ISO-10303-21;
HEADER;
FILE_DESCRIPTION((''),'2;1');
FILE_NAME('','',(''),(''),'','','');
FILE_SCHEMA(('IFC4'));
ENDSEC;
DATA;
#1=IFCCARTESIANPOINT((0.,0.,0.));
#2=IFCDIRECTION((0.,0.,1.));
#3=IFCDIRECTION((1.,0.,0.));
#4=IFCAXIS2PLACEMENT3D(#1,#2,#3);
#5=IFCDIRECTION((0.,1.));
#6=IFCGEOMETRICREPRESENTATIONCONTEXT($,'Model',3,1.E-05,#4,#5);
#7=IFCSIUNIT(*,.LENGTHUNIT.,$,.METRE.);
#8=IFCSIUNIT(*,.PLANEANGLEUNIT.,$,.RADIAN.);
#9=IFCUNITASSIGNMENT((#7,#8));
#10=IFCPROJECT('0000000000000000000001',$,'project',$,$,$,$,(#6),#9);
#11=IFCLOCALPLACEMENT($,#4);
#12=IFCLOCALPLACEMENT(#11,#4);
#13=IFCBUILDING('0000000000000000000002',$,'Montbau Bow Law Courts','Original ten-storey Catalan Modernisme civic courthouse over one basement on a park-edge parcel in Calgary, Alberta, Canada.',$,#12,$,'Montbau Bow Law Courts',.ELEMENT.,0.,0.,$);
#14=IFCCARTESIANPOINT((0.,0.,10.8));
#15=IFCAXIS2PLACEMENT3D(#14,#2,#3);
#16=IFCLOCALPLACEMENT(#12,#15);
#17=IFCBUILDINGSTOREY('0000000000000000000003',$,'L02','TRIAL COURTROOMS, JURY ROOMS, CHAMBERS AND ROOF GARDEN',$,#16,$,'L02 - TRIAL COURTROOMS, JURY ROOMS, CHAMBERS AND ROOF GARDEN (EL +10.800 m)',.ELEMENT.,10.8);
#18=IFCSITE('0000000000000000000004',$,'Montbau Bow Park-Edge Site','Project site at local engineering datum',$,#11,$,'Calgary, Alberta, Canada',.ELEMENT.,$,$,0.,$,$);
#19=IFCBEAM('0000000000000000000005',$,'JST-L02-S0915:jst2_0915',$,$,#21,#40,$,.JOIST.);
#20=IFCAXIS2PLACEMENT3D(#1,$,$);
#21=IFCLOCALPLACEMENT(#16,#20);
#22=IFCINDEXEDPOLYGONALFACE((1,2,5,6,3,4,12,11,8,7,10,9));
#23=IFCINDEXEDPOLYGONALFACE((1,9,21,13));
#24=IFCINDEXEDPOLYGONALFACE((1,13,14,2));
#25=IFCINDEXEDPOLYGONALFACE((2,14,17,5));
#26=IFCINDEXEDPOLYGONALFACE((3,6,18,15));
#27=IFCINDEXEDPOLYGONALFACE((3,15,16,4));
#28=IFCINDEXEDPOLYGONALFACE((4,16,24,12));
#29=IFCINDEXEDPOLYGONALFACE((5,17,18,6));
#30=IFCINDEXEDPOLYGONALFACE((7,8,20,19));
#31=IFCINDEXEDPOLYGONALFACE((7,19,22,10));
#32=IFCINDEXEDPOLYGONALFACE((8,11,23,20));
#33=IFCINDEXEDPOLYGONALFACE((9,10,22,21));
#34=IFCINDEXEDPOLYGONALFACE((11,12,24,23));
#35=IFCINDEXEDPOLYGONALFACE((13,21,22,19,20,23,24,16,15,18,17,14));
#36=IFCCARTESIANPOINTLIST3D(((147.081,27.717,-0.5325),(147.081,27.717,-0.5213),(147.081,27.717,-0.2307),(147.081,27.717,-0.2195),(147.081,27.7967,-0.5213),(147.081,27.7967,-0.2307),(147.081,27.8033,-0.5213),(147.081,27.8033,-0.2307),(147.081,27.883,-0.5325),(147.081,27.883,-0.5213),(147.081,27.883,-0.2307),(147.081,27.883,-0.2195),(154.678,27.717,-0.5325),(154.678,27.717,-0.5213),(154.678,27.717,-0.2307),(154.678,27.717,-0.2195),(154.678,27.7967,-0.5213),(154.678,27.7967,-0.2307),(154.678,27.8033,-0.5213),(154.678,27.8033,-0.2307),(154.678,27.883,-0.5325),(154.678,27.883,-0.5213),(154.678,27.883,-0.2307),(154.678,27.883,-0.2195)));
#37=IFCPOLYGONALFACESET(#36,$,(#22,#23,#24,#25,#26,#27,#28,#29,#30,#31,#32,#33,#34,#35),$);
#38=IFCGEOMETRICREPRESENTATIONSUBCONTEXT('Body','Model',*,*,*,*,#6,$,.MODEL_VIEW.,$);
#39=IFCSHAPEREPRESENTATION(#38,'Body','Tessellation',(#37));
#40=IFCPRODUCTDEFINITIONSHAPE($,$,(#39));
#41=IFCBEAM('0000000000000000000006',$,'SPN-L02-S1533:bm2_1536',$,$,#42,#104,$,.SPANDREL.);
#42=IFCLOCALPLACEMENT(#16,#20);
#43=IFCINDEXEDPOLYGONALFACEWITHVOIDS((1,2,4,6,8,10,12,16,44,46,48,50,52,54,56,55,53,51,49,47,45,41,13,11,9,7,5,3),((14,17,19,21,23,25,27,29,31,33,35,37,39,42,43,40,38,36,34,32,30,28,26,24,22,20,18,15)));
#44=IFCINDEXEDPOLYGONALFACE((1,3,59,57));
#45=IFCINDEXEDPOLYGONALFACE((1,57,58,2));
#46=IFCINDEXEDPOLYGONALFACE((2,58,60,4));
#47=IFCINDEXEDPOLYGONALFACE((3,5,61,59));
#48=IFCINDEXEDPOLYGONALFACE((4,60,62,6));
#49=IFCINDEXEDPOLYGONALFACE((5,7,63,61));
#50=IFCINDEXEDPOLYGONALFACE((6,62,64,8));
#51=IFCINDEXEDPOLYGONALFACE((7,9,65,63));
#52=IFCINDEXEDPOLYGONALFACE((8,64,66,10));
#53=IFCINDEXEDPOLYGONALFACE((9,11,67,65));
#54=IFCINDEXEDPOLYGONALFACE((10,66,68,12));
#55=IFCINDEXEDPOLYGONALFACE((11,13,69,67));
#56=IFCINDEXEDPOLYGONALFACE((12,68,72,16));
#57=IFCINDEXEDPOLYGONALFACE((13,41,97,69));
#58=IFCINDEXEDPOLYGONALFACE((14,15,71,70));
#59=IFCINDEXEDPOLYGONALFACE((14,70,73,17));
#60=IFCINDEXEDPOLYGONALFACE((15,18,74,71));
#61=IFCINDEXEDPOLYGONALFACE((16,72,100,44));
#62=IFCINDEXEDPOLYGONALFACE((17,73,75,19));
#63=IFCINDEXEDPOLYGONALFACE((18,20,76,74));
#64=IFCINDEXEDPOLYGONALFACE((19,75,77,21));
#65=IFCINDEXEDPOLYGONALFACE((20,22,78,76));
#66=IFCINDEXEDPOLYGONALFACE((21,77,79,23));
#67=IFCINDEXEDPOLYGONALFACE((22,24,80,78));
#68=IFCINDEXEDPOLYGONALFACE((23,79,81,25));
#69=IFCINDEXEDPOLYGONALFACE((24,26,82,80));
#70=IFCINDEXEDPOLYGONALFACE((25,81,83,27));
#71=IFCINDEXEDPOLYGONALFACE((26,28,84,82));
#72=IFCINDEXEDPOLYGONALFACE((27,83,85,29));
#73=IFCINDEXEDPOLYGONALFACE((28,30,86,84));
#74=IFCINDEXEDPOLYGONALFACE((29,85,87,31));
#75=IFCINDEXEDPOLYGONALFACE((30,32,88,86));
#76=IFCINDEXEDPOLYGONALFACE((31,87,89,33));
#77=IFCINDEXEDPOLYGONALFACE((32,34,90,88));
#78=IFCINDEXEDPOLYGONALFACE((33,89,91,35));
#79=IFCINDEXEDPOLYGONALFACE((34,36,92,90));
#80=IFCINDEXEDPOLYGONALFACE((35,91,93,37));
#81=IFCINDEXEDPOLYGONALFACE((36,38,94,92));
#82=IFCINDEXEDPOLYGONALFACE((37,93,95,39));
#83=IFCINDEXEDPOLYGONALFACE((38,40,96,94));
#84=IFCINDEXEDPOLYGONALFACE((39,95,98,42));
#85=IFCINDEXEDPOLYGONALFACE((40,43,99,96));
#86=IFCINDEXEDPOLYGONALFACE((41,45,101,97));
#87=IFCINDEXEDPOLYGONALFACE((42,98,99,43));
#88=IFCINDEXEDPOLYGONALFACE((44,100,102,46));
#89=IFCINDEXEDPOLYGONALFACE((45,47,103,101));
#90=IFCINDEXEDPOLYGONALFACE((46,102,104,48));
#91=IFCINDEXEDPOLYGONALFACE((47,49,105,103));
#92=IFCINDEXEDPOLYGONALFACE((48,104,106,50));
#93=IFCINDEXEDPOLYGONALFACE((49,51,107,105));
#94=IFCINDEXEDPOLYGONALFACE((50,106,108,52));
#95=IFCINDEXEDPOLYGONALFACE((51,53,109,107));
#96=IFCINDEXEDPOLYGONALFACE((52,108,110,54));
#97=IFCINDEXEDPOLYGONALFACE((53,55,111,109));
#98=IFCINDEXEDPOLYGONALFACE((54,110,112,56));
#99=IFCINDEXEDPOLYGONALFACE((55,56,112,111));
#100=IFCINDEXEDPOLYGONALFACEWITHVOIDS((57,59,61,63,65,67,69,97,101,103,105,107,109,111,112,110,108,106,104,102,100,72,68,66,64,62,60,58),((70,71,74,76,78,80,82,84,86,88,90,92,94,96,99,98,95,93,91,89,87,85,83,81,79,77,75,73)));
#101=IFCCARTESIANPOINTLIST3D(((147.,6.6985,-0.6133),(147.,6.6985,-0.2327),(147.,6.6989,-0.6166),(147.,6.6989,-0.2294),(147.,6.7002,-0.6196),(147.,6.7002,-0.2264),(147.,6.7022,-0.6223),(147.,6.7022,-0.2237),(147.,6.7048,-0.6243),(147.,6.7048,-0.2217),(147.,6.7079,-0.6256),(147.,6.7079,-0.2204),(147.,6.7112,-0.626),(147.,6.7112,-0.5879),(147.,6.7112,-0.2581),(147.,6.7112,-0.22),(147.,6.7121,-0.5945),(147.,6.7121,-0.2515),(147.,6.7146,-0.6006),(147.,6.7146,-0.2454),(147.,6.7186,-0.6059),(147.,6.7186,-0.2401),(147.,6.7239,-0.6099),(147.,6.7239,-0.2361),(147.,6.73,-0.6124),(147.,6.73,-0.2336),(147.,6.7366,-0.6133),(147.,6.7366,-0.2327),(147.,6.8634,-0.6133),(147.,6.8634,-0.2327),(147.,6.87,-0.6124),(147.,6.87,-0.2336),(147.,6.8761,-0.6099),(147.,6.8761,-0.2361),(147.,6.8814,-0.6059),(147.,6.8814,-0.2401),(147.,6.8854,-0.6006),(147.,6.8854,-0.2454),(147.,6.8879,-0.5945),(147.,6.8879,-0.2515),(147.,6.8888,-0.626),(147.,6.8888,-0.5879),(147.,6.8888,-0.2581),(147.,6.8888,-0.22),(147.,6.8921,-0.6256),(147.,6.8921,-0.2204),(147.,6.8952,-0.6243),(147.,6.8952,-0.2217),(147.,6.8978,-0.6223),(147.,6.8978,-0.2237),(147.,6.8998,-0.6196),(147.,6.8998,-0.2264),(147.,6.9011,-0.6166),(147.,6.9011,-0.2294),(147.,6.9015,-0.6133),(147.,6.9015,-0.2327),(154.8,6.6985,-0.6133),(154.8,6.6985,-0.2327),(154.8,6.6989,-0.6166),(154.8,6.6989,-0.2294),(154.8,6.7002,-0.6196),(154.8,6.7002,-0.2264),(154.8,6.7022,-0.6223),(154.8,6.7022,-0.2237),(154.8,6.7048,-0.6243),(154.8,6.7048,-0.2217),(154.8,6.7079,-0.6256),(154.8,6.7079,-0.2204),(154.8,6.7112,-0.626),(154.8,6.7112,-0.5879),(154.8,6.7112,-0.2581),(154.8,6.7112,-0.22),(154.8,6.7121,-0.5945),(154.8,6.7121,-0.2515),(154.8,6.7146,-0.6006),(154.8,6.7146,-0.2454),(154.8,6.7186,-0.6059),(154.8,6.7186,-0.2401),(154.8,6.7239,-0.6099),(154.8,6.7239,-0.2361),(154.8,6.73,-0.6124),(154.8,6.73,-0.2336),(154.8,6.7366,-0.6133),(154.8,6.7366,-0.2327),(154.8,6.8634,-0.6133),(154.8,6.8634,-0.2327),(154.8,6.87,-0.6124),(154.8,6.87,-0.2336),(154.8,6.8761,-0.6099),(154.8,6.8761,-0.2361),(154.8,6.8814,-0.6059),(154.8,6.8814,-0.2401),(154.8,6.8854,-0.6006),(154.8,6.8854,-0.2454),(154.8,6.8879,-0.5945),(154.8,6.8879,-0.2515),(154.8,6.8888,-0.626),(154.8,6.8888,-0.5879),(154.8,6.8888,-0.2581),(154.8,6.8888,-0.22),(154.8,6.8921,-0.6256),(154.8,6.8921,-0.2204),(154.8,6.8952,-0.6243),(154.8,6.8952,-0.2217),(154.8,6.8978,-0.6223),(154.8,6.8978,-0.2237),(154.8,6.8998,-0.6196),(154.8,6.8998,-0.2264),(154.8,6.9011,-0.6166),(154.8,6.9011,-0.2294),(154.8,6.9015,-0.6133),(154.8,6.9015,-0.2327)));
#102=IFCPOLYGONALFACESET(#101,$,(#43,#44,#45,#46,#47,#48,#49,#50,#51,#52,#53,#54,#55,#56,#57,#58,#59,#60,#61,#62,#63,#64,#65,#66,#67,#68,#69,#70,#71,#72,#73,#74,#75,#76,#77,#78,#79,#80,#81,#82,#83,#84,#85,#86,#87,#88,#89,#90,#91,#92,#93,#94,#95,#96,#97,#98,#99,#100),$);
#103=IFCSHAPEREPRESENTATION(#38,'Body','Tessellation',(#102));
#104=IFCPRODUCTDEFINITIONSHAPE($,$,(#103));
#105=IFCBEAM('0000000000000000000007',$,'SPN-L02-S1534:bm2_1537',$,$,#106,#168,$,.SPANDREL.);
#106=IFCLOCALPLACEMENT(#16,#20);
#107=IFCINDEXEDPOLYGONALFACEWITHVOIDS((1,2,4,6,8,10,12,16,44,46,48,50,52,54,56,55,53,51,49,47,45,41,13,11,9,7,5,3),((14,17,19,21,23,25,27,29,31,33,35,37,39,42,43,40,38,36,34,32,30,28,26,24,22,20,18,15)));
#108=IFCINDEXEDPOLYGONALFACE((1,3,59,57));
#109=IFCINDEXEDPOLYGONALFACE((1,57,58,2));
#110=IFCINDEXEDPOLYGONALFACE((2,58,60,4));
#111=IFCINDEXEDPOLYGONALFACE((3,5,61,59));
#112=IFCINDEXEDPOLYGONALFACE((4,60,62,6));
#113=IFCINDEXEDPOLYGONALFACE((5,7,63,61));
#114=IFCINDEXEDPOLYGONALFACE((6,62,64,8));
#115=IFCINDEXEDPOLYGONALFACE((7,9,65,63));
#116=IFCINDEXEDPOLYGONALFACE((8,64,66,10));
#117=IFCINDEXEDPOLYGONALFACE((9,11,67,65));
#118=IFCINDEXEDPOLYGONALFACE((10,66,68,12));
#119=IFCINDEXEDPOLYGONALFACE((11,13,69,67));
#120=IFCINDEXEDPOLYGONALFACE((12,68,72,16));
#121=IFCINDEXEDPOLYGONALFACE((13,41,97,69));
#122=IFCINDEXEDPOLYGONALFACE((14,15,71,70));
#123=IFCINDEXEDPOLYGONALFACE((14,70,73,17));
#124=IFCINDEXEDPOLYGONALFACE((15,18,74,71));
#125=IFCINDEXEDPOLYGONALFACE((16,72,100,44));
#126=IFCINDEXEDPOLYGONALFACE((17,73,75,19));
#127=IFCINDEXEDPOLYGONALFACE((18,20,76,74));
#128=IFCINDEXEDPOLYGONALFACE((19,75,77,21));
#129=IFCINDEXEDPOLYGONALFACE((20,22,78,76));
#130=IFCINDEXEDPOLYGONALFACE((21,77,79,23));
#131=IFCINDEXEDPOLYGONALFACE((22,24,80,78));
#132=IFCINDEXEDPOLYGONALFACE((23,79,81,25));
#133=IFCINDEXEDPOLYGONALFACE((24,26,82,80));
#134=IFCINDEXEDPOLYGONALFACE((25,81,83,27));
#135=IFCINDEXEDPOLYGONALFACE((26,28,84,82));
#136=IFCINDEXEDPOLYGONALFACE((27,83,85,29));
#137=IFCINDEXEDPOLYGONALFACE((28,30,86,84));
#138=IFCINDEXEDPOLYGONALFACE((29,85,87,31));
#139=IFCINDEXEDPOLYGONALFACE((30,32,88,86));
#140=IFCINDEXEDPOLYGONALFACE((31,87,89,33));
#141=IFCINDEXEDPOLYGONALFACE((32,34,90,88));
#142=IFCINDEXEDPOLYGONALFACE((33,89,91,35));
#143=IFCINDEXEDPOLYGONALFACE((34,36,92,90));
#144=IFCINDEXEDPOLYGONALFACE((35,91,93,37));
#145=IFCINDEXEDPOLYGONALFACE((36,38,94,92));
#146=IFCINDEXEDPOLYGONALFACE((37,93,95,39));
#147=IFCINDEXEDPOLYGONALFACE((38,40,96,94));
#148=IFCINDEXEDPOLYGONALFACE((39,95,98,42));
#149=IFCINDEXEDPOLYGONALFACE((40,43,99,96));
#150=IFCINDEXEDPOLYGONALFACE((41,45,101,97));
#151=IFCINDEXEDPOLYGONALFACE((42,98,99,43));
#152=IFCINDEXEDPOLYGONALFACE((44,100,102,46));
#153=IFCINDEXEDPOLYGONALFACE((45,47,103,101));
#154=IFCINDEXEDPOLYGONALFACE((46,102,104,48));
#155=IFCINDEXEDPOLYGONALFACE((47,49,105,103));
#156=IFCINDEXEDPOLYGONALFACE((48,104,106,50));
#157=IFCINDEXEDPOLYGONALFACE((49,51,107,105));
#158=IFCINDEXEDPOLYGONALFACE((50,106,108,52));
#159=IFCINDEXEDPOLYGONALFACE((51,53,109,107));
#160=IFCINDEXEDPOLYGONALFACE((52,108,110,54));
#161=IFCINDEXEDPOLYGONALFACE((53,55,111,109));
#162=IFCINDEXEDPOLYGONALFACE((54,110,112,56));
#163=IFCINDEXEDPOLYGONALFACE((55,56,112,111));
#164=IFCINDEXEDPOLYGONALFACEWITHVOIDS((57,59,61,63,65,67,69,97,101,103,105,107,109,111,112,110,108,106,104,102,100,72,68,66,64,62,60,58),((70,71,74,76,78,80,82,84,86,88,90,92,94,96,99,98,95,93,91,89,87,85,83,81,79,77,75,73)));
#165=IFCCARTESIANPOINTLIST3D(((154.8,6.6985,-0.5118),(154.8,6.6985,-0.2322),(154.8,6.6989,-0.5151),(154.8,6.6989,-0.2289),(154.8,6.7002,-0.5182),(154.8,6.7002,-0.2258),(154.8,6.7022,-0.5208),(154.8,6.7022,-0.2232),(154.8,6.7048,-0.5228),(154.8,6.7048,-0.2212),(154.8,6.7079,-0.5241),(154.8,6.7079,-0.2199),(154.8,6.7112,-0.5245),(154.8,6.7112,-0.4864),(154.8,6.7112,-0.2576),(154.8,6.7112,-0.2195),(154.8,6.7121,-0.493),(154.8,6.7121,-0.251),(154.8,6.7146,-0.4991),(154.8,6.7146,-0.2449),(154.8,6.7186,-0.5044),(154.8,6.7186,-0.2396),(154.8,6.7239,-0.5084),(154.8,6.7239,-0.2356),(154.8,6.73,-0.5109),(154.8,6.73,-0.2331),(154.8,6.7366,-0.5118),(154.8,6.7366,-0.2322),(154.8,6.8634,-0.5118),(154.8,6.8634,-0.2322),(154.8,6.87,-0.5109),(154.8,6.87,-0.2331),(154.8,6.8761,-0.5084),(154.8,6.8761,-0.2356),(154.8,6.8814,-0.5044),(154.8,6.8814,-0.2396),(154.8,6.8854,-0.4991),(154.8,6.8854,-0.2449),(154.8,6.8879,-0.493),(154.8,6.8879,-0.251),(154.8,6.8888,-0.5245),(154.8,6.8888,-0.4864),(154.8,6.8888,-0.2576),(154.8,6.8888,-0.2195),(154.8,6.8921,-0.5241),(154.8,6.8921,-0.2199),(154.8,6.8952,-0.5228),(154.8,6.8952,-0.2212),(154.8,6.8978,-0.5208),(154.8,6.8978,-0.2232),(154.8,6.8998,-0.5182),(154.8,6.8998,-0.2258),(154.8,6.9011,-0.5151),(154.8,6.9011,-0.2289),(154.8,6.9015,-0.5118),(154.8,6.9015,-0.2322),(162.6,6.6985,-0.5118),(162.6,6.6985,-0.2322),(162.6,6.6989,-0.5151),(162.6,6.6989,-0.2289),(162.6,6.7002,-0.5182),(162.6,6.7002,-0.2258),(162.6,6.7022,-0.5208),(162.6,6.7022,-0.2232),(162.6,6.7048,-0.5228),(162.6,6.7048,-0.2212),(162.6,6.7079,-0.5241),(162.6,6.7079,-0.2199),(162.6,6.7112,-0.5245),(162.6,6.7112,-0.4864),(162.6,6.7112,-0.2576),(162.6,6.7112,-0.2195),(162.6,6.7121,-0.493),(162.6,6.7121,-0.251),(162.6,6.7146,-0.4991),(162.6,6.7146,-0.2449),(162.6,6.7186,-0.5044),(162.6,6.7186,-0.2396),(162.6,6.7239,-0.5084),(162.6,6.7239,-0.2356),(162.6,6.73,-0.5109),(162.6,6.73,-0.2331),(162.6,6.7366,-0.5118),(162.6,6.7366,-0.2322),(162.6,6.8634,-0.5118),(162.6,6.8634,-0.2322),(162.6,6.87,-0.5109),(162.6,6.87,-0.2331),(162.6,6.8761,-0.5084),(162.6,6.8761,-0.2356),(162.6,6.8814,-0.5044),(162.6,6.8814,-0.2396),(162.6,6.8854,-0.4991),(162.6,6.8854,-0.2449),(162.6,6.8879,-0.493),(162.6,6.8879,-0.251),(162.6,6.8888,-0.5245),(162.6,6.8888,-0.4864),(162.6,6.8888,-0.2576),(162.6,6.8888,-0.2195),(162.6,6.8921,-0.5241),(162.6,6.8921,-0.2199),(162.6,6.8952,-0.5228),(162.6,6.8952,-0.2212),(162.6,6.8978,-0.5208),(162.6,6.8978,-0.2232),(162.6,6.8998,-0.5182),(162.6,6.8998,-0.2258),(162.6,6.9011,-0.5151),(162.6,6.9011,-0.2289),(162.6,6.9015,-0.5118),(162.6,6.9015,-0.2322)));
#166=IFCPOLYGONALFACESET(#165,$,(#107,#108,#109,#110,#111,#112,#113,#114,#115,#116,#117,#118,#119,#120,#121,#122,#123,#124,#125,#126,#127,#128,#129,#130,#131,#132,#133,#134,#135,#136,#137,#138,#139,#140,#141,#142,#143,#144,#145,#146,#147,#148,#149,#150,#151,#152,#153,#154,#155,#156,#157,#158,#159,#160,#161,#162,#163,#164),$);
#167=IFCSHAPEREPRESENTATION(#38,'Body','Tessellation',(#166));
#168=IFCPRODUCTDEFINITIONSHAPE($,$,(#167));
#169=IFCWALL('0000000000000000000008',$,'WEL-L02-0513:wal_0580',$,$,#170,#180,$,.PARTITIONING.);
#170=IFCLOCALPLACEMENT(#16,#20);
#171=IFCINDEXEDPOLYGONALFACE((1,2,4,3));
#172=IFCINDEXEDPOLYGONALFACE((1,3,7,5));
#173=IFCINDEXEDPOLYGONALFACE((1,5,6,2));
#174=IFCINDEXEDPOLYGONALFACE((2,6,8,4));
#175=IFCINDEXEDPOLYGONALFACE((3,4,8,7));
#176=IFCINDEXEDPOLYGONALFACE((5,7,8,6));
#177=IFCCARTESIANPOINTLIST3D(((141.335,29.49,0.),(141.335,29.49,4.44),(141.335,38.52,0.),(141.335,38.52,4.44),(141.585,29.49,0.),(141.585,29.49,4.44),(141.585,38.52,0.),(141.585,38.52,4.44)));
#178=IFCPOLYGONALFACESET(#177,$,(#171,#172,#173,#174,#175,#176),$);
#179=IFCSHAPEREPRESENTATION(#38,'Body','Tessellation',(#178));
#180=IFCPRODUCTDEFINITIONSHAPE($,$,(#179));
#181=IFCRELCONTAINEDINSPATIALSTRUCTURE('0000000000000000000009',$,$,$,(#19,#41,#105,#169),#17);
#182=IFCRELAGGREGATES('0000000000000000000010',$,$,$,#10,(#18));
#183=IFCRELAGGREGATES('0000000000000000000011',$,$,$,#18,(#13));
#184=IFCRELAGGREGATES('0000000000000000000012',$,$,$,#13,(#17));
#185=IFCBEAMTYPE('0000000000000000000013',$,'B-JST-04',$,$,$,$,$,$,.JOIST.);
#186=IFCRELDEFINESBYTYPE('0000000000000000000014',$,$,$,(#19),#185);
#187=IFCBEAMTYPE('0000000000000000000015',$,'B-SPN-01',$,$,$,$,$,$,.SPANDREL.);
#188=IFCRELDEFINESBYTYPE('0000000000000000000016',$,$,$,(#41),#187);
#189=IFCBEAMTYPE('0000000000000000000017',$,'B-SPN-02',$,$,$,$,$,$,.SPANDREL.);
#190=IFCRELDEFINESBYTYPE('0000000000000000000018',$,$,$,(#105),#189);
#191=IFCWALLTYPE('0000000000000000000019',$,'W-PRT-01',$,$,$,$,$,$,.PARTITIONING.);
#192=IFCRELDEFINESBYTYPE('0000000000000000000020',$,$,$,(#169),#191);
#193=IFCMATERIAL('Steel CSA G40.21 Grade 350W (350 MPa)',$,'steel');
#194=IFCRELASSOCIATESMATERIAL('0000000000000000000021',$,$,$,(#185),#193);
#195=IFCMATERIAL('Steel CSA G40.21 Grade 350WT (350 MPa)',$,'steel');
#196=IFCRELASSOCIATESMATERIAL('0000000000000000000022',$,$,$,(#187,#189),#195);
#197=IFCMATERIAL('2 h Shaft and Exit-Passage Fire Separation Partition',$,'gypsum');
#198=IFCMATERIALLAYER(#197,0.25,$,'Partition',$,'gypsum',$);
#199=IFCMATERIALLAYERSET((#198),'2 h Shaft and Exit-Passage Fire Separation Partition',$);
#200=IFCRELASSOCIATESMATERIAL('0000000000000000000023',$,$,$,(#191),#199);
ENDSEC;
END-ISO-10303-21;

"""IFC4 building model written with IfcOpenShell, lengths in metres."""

from ifc_helpers import new_model, si_unit, direction, frame, frame_2d, origin_with_axes, origin_2d_with_axis, place, context, subcontext, project, spatial, rectangle, hollow_rectangle, i_section, extrude, material, layer, layer_set, material_profile, profile_set, type_object, element, save


model = new_model("IFC4")

# Units and contexts
model_context = context("Model", 3, precision=1e-05, world=origin_with_axes(), true_north=direction((0.0, 1.0)))
body_context = subcontext(model_context, "Body", "Model", "MODEL_VIEW")
ifc_project = project(units=[si_unit("LENGTHUNIT", "METRE"), si_unit("PLANEANGLEUNIT", "RADIAN")], contexts=[model_context])

# Site, building, storey
site_placement = place(None, origin_with_axes())
site = spatial("IfcSite", under=ifc_project, at=site_placement, Name="Montbau Bow Park-Edge Site", Description="Project site at local engineering datum", LongName="Calgary, Alberta, Canada", CompositionType="ELEMENT", RefElevation=0.0)
building_placement = place(site_placement, origin_with_axes())
building = spatial("IfcBuilding", under=site, at=building_placement, Name="Montbau Bow Law Courts", Description="Original ten-storey Catalan Modernisme civic courthouse over one basement on a park-edge parcel in Calgary, Alberta, Canada.", LongName="Montbau Bow Law Courts", CompositionType="ELEMENT", ElevationOfRefHeight=0.0, ElevationOfTerrain=0.0)
storey_placement = place(building_placement, frame((0.0, 0.0, 10.8), z_axis=(0.0, 0.0, 1.0), x_axis=(1.0, 0.0, 0.0)))
storey = spatial("IfcBuildingStorey", under=building, at=storey_placement, Name="L02", Description="TRIAL COURTROOMS, JURY ROOMS, CHAMBERS AND ROOF GARDEN", LongName="L02 - TRIAL COURTROOMS, JURY ROOMS, CHAMBERS AND ROOF GARDEN (EL +10.800 m)", CompositionType="ELEMENT", Elevation=10.8)

# Shared definitions
ifc_material_1 = material(Name="Steel CSA G40.21 Grade 350W (350 MPa)", Category="steel")

# Beams
ifc_material_profile_1 = material_profile(ifc_material_1, i_section(OverallWidth=0.166, OverallDepth=0.313, WebThickness=0.0066, FlangeThickness=0.0112, at=origin_2d_with_axis()), Name="W310X45", Category="Main", Priority=0)
ifc_profile_set_1 = profile_set([ifc_material_profile_1], Name="Steel CSA G40.21 Grade 350W (350 MPa)")
beam_type_1 = type_object("IfcBeamType", Name="B-JST-04", PredefinedType="JOIST", material=ifc_profile_set_1)
beam_1_placement = place(None, frame((147.081, 27.8, 10.424), z_axis=(1.0, 0.0, 0.0), x_axis=(0.0, 1.0, 0.0)))
element("IfcBeam", 1, at=beam_1_placement, inside=storey, type_object=beam_type_1, Name="JST-L02-S0915:jst2_0915", PredefinedType="JOIST", context=body_context, shape_type="SweptSolid", body=[
    extrude(i_section(OverallWidth=0.166, OverallDepth=0.313, WebThickness=0.0066, FlangeThickness=0.0112, at=origin_2d_with_axis()), origin_with_axes(), (0.0, 0.0, 1.0), 7.597),
])
ifc_material_2 = material(Name="Steel CSA G40.21 Grade 350WT (350 MPa)", Category="steel")
ifc_material_profile_2 = material_profile(ifc_material_2, hollow_rectangle(XDim=0.203, YDim=0.406, WallThickness=0.0127, InnerFilletRadius=0.0254, OuterFilletRadius=0.0127, at=origin_2d_with_axis()), Name="HSS406X203X13", Category="Main", Priority=0)
ifc_profile_set_2 = profile_set([ifc_material_profile_2], Name="Steel CSA G40.21 Grade 350WT (350 MPa)")
beam_type_2 = type_object("IfcBeamType", Name="B-SPN-01", PredefinedType="SPANDREL", material=ifc_profile_set_2)
beam_2_placement = place(None, frame((147.0, 6.8, 10.377), z_axis=(1.0, 0.0, 0.0), x_axis=(0.0, 1.0, 0.0)))
element("IfcBeam", 2, at=beam_2_placement, inside=storey, type_object=beam_type_2, Name="SPN-L02-S1533:bm2_1536", PredefinedType="SPANDREL", context=body_context, shape_type="SweptSolid", body=[
    extrude(hollow_rectangle(XDim=0.203, YDim=0.406, WallThickness=0.0127, InnerFilletRadius=0.0254, OuterFilletRadius=0.0127, at=origin_2d_with_axis()), origin_with_axes(), (0.0, 0.0, 1.0), 7.8),
])
ifc_material_profile_3 = material_profile(ifc_material_2, hollow_rectangle(XDim=0.203, YDim=0.305, WallThickness=0.0127, InnerFilletRadius=0.0254, OuterFilletRadius=0.0127, at=origin_2d_with_axis()), Name="HSS305X203X13", Category="Main", Priority=0)
ifc_profile_set_3 = profile_set([ifc_material_profile_3], Name="Steel CSA G40.21 Grade 350WT (350 MPa)")
beam_type_3 = type_object("IfcBeamType", Name="B-SPN-02", PredefinedType="SPANDREL", material=ifc_profile_set_3)
beam_3_placement = place(None, frame((154.8, 6.8, 10.428), z_axis=(1.0, 0.0, 0.0), x_axis=(0.0, 1.0, 0.0)))
element("IfcBeam", 3, at=beam_3_placement, inside=storey, type_object=beam_type_3, Name="SPN-L02-S1534:bm2_1537", PredefinedType="SPANDREL", context=body_context, shape_type="SweptSolid", body=[
    extrude(hollow_rectangle(XDim=0.203, YDim=0.305, WallThickness=0.0127, InnerFilletRadius=0.0254, OuterFilletRadius=0.0127, at=origin_2d_with_axis()), origin_with_axes(), (0.0, 0.0, 1.0), 7.8),
])

# Wall
ifc_material_3 = material(Name="2 h Shaft and Exit-Passage Fire Separation Partition", Category="gypsum")
ifc_layer_1 = layer(ifc_material_3, 0.25, Name="Partition", Category="gypsum")
ifc_layer_set_1 = layer_set([ifc_layer_1], Name="2 h Shaft and Exit-Passage Fire Separation Partition")
wall_type_1 = type_object("IfcWallType", Name="W-PRT-01", PredefinedType="PARTITIONING", material=ifc_layer_set_1)
wall_1_placement = place(None, frame((141.46, 29.49, 10.8), z_axis=(0.0, 0.0, 1.0), x_axis=(0.0, 1.0, 0.0)))
element("IfcWall", 4, at=wall_1_placement, inside=storey, type_object=wall_type_1, Name="WEL-L02-0513:wal_0580", PredefinedType="PARTITIONING", context=body_context, shape_type="SweptSolid", body=[
    extrude(rectangle(XDim=9.03, YDim=0.25, at=frame_2d((4.515, 0.0), x_axis=(1.0, 0.0))), origin_with_axes(), (0.0, 0.0, 1.0), 4.44),
])

save(model, "model.ifc")
